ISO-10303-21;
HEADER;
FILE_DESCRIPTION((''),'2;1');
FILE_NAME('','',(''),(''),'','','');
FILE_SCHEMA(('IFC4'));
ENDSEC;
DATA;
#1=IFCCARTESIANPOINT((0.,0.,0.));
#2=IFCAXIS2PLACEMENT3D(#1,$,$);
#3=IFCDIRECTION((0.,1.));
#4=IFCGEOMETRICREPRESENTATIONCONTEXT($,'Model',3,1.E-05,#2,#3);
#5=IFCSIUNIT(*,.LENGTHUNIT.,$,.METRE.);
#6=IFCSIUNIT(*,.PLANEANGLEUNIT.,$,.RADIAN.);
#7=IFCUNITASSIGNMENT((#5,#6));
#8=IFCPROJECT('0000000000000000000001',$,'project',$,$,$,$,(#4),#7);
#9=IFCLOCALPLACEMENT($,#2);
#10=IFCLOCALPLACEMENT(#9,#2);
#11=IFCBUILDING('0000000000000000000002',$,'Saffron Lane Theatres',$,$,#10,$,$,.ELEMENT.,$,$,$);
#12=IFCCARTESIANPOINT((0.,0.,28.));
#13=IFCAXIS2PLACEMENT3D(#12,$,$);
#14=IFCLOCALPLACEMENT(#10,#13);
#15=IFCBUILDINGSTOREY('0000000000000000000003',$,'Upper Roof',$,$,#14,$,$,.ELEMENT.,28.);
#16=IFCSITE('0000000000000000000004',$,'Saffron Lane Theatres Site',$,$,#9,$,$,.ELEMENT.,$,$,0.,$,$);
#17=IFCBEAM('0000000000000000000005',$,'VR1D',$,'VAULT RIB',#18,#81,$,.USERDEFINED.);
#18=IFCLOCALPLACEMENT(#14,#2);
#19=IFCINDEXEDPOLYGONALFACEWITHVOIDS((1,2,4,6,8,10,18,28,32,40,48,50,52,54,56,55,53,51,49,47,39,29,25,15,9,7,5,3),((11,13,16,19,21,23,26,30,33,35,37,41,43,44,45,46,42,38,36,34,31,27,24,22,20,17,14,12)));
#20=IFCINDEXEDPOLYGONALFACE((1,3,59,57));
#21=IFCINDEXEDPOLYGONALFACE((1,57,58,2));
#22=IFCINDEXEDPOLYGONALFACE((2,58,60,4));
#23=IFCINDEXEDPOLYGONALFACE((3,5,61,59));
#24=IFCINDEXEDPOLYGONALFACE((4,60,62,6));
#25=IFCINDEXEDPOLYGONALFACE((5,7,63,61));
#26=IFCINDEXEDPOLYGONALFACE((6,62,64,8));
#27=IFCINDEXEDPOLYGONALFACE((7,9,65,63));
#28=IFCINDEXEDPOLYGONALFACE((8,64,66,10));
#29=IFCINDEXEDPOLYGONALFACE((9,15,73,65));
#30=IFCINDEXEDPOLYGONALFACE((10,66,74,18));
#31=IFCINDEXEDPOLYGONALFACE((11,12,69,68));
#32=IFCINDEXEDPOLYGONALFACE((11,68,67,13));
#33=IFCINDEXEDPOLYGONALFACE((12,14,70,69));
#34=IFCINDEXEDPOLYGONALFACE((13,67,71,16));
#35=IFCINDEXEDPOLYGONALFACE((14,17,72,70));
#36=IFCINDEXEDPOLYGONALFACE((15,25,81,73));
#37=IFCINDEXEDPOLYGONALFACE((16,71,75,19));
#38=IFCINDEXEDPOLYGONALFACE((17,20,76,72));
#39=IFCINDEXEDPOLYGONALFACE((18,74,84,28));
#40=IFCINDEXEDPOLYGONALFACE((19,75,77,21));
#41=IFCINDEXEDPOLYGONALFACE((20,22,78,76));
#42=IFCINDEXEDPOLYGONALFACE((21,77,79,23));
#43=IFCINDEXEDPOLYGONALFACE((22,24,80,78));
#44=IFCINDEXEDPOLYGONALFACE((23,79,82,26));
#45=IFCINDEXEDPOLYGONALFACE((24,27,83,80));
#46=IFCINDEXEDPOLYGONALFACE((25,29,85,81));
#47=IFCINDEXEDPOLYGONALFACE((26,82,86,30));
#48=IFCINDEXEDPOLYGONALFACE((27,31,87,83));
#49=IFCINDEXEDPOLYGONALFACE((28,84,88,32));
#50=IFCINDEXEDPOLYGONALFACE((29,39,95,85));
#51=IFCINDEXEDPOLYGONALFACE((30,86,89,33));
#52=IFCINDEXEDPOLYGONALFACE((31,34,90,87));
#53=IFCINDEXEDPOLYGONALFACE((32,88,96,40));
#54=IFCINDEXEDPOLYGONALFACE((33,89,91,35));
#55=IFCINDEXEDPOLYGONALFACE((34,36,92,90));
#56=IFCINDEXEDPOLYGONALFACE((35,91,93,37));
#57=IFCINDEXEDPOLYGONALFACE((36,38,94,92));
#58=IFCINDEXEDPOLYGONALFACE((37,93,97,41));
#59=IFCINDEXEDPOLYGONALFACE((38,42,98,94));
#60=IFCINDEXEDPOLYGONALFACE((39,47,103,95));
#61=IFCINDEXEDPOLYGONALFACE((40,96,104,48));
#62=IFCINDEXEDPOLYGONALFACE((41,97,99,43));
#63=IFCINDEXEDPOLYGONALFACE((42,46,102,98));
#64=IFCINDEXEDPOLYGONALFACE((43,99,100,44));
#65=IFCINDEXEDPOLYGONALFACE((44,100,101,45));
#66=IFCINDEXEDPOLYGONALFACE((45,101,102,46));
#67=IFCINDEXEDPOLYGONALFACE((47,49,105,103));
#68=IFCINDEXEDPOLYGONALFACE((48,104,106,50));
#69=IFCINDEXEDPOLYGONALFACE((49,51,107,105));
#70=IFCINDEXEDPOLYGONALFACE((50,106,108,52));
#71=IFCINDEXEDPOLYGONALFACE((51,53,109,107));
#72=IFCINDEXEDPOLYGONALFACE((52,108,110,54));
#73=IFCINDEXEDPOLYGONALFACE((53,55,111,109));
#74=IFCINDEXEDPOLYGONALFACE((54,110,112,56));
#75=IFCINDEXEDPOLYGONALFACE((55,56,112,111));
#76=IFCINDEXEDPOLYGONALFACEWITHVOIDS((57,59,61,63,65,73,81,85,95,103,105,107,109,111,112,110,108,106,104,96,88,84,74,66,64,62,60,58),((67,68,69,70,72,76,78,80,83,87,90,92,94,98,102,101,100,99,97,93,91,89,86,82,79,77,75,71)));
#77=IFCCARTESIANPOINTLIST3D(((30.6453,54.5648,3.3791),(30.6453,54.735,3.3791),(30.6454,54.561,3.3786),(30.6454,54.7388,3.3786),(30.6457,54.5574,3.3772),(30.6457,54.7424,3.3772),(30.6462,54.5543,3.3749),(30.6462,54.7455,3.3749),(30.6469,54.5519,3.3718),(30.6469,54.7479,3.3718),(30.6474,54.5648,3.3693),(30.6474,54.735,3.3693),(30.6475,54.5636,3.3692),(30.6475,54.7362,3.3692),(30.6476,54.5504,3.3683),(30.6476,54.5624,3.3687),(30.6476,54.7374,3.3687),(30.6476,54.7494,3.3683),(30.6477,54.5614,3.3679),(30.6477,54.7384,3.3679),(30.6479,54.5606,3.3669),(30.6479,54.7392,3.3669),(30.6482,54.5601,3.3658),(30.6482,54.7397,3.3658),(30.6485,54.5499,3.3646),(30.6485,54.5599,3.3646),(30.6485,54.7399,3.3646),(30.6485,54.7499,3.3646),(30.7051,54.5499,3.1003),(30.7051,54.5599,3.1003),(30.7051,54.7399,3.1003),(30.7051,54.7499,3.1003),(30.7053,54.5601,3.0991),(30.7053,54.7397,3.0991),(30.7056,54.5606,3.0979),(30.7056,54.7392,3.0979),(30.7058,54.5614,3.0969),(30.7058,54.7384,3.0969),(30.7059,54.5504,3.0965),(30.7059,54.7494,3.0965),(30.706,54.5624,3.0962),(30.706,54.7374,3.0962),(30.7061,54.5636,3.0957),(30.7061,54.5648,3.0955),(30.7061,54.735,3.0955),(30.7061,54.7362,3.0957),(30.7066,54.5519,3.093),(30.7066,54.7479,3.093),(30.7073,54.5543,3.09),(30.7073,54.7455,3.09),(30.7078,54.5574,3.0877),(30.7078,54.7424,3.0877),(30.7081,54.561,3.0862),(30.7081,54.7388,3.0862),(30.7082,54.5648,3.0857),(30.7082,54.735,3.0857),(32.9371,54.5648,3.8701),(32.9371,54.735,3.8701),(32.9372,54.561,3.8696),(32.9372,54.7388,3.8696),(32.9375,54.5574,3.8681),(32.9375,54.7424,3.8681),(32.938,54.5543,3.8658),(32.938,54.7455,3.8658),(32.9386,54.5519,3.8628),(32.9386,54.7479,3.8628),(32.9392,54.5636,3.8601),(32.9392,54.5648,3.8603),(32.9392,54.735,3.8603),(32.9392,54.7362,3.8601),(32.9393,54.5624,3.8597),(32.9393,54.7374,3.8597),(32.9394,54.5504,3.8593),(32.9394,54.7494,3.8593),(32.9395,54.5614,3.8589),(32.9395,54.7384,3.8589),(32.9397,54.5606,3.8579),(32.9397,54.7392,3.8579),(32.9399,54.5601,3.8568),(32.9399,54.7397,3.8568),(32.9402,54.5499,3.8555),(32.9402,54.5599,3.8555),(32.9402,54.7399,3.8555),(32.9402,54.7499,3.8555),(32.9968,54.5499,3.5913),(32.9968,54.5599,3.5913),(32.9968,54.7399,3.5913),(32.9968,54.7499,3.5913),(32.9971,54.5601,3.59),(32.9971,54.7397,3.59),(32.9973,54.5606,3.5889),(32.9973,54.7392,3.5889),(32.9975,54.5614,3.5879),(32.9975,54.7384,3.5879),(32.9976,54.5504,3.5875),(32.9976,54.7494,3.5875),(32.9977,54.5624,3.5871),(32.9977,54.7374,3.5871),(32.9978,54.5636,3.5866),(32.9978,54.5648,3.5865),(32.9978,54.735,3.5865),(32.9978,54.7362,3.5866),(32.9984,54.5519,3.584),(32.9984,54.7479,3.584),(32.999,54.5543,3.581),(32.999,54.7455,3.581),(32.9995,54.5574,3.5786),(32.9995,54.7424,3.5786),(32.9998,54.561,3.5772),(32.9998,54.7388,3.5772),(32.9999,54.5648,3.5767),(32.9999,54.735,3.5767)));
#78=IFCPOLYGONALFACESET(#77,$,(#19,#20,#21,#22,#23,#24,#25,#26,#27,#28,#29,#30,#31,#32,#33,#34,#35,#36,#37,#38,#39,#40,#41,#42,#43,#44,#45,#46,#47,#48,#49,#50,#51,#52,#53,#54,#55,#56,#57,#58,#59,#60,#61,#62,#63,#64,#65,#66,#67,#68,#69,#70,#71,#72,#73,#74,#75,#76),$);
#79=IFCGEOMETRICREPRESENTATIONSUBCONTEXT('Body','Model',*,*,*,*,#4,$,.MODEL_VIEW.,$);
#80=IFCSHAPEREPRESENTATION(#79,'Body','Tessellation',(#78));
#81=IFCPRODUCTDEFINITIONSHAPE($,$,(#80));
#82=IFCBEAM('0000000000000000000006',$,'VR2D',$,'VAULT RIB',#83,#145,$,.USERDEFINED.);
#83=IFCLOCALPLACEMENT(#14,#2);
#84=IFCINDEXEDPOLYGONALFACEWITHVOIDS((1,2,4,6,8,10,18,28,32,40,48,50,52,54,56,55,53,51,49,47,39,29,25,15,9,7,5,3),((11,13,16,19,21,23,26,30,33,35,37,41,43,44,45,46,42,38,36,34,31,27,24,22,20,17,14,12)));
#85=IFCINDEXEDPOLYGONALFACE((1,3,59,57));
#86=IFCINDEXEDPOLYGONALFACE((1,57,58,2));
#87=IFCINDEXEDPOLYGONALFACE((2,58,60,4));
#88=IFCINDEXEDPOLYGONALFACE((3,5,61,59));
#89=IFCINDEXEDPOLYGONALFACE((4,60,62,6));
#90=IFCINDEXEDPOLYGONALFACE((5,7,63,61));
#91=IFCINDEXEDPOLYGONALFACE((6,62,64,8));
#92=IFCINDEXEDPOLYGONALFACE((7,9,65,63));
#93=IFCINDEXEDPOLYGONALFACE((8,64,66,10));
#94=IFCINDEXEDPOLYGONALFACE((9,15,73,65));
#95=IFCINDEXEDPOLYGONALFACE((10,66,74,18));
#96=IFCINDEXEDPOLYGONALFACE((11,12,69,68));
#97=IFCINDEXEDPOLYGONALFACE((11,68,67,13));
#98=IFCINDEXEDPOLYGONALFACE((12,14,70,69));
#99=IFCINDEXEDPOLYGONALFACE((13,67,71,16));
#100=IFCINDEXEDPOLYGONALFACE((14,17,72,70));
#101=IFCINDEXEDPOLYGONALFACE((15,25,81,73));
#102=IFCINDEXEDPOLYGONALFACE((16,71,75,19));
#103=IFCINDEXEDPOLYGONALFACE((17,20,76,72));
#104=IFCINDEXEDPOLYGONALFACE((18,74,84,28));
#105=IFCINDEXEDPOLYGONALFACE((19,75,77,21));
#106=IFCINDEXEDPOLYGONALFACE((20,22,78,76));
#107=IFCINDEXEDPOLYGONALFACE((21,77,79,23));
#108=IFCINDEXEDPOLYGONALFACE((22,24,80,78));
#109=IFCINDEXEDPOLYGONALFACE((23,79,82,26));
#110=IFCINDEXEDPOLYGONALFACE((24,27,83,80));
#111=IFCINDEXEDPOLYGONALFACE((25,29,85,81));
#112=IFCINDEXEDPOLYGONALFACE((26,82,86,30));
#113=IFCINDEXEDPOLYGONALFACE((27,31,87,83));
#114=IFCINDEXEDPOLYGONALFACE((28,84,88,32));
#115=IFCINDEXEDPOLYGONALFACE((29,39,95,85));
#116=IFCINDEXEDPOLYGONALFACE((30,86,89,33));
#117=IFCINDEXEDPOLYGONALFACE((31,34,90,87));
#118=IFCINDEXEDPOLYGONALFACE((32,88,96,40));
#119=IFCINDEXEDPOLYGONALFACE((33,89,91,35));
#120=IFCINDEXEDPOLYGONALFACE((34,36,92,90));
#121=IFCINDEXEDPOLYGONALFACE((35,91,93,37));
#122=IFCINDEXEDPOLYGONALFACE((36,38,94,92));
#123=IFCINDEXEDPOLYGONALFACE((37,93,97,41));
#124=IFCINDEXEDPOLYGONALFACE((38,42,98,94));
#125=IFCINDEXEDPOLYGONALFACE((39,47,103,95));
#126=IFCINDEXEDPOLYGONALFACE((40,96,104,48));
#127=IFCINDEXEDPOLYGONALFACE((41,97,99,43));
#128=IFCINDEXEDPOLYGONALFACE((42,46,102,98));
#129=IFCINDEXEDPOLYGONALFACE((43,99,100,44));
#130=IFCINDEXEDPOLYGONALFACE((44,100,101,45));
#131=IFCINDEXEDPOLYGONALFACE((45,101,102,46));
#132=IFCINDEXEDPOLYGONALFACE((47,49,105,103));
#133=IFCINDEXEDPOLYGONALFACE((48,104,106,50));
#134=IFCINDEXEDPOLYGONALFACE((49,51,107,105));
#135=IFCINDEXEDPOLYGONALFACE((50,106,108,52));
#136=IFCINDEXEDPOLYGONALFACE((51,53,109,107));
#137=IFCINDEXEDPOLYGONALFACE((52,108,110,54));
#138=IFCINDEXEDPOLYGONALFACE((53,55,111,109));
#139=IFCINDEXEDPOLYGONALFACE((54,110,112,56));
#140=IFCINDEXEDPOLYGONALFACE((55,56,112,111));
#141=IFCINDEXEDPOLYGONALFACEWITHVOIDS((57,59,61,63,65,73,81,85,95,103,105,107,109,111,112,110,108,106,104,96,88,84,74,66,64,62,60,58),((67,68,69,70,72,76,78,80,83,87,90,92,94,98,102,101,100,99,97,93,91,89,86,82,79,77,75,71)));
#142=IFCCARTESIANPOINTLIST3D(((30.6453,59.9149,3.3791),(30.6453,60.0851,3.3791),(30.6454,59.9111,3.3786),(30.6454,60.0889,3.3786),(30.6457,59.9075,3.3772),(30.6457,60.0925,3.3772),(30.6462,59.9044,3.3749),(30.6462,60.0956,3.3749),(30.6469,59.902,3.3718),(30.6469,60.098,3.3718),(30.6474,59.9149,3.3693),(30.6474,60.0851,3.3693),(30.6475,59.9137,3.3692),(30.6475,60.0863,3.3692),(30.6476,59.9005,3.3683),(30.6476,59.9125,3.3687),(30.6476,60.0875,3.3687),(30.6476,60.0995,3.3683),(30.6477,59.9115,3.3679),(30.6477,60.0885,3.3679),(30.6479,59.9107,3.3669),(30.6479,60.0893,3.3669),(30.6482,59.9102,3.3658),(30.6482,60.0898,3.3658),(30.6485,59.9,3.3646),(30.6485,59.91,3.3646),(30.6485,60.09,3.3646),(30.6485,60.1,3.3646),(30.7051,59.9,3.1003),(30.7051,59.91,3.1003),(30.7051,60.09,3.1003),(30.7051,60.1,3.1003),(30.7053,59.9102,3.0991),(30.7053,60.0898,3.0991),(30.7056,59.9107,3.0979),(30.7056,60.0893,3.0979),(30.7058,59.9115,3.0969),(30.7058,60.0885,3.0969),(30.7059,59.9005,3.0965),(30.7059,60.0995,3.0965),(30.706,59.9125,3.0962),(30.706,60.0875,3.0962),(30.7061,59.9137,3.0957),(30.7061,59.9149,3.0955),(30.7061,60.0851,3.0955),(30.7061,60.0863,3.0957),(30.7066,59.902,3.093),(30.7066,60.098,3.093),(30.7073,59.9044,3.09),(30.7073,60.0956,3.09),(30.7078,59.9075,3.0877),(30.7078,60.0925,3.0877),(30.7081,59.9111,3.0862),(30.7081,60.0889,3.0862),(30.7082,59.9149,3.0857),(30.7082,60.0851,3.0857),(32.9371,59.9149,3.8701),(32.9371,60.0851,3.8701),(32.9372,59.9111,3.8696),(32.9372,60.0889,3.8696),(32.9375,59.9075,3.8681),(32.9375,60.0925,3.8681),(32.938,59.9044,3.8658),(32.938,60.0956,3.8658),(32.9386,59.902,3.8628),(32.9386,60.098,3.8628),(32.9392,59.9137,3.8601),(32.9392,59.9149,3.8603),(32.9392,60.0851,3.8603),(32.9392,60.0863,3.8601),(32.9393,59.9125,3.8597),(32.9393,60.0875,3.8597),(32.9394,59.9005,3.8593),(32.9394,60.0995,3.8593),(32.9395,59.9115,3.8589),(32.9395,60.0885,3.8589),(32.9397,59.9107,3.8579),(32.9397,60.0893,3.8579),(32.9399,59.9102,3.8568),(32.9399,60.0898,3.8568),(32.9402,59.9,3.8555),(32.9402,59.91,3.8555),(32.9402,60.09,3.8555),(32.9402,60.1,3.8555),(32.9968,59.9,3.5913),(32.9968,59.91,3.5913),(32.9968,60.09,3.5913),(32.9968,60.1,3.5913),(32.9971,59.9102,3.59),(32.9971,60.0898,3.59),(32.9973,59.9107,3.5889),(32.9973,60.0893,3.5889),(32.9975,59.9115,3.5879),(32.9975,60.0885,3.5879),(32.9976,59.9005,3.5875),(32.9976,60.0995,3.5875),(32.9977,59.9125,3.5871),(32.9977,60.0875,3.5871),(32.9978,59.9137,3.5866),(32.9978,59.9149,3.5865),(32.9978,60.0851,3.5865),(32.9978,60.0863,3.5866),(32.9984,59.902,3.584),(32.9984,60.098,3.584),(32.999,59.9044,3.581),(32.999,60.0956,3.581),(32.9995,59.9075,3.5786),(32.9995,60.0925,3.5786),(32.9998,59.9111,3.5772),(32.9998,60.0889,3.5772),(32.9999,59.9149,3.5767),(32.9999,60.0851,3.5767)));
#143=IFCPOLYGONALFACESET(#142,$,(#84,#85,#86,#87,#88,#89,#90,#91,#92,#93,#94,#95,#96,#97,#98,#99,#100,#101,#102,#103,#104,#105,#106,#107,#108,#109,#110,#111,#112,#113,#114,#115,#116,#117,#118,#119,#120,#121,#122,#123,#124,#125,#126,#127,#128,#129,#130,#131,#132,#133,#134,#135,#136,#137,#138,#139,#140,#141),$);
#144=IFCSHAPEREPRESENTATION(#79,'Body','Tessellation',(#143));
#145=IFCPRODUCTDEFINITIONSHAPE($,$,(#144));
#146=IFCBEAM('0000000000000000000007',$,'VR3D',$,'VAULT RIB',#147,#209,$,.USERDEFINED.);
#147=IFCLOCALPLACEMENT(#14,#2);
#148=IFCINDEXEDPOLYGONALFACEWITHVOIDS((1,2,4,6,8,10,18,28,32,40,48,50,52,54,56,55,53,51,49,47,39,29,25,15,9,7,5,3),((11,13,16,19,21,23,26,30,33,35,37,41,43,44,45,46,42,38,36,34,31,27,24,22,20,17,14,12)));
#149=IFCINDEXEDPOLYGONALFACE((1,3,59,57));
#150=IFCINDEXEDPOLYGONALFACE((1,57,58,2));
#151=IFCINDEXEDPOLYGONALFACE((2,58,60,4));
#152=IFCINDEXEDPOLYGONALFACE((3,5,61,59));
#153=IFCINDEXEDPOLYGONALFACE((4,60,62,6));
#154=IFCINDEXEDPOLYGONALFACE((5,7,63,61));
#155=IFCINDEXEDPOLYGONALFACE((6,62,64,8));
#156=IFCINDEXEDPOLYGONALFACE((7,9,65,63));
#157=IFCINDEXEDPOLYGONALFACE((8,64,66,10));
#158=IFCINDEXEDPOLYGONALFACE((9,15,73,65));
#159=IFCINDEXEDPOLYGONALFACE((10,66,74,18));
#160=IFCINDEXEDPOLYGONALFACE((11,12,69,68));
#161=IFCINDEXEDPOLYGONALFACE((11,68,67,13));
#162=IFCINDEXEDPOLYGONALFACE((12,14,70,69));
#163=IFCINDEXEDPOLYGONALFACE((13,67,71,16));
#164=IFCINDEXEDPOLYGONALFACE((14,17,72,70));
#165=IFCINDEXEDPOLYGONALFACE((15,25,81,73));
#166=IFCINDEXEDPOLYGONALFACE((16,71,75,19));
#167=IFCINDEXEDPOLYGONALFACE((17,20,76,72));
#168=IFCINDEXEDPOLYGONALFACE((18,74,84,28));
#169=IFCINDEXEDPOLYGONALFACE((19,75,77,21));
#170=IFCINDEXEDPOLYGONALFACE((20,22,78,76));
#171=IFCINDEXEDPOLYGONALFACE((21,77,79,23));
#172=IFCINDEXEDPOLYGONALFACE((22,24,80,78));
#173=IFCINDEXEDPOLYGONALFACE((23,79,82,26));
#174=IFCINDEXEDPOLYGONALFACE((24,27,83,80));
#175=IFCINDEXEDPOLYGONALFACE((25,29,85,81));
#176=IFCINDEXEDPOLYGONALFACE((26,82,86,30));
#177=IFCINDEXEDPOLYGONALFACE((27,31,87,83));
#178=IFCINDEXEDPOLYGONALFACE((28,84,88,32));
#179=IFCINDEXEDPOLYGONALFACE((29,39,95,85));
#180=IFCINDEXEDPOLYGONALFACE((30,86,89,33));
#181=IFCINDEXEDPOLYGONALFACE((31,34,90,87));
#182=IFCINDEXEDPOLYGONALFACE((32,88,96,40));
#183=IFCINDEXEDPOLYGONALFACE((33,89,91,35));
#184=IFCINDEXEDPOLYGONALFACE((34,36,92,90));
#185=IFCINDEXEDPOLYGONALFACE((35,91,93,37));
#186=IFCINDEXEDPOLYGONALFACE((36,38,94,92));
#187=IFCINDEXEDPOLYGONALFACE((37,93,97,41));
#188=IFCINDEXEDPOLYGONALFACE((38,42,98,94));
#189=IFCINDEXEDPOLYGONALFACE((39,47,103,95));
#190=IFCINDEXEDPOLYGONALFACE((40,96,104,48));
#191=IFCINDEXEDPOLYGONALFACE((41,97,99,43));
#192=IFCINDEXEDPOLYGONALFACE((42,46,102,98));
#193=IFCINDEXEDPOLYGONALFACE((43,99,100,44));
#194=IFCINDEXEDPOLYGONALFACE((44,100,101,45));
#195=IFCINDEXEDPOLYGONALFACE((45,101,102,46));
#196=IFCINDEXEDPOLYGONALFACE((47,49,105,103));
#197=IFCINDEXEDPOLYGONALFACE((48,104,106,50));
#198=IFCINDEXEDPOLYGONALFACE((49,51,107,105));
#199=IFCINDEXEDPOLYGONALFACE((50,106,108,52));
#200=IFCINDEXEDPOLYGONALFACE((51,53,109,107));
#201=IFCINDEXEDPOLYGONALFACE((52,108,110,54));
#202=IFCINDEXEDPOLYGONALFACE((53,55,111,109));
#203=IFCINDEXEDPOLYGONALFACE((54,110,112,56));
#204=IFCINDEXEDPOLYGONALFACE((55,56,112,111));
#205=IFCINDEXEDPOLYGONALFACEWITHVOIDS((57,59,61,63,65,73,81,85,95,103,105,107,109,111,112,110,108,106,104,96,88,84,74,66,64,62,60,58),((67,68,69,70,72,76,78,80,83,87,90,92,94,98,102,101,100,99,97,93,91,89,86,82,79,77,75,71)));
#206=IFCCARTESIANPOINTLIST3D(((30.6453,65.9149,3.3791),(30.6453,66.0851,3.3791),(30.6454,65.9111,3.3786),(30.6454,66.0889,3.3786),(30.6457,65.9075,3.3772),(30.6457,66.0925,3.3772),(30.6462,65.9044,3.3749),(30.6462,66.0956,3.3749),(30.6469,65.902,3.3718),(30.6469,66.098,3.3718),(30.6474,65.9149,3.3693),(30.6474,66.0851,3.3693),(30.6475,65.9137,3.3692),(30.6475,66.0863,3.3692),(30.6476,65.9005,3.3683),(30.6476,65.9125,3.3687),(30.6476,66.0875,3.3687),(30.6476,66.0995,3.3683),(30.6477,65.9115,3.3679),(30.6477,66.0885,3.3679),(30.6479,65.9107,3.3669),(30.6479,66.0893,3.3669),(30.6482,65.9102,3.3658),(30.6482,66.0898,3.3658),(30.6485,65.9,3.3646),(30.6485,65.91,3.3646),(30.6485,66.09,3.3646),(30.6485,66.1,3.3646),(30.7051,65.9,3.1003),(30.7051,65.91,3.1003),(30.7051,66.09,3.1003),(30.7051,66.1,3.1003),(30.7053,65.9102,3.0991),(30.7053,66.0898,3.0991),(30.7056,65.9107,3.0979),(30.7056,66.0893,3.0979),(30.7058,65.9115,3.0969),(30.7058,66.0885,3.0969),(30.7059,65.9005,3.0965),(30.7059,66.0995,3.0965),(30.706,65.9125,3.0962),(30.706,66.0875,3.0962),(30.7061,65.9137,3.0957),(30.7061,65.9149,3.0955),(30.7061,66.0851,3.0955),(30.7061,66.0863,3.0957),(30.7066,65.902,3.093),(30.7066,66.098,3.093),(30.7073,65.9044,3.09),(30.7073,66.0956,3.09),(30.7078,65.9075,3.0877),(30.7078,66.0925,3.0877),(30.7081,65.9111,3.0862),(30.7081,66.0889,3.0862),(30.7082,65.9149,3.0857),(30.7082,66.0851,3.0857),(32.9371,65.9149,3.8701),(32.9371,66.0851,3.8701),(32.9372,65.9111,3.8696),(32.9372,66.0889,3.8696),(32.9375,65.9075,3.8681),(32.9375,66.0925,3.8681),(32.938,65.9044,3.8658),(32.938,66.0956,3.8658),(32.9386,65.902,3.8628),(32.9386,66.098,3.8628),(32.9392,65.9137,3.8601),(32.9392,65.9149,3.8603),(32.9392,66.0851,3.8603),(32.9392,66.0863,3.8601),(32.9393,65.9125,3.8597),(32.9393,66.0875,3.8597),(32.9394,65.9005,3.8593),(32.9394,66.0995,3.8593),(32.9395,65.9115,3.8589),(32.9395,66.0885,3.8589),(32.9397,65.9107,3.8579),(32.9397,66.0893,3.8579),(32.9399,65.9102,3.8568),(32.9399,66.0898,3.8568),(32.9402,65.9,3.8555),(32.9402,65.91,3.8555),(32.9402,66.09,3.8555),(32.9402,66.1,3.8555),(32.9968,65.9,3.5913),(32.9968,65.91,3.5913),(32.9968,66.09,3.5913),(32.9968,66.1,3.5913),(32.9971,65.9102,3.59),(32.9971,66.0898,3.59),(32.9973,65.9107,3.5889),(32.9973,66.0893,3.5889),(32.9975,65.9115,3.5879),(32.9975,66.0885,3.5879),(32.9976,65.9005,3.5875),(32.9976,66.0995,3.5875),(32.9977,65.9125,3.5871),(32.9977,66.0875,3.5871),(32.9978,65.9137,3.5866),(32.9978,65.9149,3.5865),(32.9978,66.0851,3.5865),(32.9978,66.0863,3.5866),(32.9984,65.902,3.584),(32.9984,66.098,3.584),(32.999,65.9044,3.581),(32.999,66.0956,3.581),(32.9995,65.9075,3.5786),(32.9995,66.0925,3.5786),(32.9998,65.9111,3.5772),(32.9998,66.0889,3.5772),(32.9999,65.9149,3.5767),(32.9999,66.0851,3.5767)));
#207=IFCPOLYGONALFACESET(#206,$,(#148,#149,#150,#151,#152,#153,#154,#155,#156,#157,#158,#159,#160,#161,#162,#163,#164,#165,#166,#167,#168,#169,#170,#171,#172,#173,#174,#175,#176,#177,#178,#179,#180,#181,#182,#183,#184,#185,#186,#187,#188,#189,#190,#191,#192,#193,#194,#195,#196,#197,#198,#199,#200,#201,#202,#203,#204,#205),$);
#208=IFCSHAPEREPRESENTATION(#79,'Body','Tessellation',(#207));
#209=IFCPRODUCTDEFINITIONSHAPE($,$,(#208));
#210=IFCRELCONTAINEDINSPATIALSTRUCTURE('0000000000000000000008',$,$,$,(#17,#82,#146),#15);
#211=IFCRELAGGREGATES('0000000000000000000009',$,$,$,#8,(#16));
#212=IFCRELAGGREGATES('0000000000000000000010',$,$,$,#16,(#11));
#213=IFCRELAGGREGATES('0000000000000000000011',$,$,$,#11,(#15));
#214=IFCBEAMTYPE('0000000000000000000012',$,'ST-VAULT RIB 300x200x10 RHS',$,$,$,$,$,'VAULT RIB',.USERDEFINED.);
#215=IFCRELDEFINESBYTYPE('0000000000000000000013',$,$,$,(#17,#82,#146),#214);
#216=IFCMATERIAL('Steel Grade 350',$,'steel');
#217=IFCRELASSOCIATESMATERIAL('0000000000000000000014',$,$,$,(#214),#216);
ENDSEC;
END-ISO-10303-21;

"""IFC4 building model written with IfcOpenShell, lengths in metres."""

from ifc_helpers import new_model, si_unit, direction, frame, origin, origin_2d, place, context, subcontext, project, spatial, hollow_rectangle, extrude, material, material_profile, profile_set, type_object, element, save


model = new_model("IFC4")

# Units and contexts
model_context = context("Model", 3, precision=1e-05, world=origin(), true_north=direction((0.0, 1.0)))
body_context = subcontext(model_context, "Body", "Model", "MODEL_VIEW")
ifc_project = project(units=[si_unit("LENGTHUNIT", "METRE"), si_unit("PLANEANGLEUNIT", "RADIAN")], contexts=[model_context])

# Site, building, storey
site_placement = place(None, origin())
site = spatial("IfcSite", under=ifc_project, at=site_placement, Name="Saffron Lane Theatres Site", CompositionType="ELEMENT", RefElevation=0.0)
building_placement = place(site_placement, origin())
building = spatial("IfcBuilding", under=site, at=building_placement, Name="Saffron Lane Theatres", CompositionType="ELEMENT")
storey_placement = place(building_placement, frame((0.0, 0.0, 28.0)))
storey = spatial("IfcBuildingStorey", under=building, at=storey_placement, Name="Upper Roof", CompositionType="ELEMENT", Elevation=28.0)

# Beams
ifc_material_1 = material(Name="Steel Grade 350", Category="steel")
ifc_material_profile_1 = material_profile(ifc_material_1, hollow_rectangle(XDim=0.2, YDim=0.3, WallThickness=0.01, InnerFilletRadius=0.0049, OuterFilletRadius=0.0149, at=origin_2d()))
ifc_profile_set_1 = profile_set([ifc_material_profile_1], Name="Steel Grade 350")
beam_type_1 = type_object("IfcBeamType", Name="ST-VAULT RIB 300x200x10 RHS", ElementType="VAULT RIB", PredefinedType="USERDEFINED", material=ifc_profile_set_1)
for number, where, z_axis, x_axis, name in (
    (1, (30.6768, 54.6499, 3.2324), (0.977813, 0.0, 0.209479), (0.0, 1.0, 0.0), "VR1D"),
    (2, (30.6768, 60.0, 3.2324), (0.977813, 0.0, 0.209479), (0.0, 1.0, 0.0), "VR2D"),
    (3, (30.6768, 66.0, 3.2324), (0.977813, 0.0, 0.209479), (0.0, 1.0, 0.0), "VR3D"),
):
    element("IfcBeam", number, at=place(storey_placement, frame(where, z_axis=z_axis, x_axis=x_axis)), inside=storey, type_object=beam_type_1, Name=name, ObjectType="VAULT RIB", PredefinedType="USERDEFINED", context=body_context, shape_type="SweptSolid", body=[
        extrude(hollow_rectangle(XDim=0.2, YDim=0.3, WallThickness=0.01, InnerFilletRadius=0.0049, OuterFilletRadius=0.0149, at=origin_2d()), origin(), (0.0, 0.0, 1.0), 2.3438),
    ])

save(model, "model.ifc")
